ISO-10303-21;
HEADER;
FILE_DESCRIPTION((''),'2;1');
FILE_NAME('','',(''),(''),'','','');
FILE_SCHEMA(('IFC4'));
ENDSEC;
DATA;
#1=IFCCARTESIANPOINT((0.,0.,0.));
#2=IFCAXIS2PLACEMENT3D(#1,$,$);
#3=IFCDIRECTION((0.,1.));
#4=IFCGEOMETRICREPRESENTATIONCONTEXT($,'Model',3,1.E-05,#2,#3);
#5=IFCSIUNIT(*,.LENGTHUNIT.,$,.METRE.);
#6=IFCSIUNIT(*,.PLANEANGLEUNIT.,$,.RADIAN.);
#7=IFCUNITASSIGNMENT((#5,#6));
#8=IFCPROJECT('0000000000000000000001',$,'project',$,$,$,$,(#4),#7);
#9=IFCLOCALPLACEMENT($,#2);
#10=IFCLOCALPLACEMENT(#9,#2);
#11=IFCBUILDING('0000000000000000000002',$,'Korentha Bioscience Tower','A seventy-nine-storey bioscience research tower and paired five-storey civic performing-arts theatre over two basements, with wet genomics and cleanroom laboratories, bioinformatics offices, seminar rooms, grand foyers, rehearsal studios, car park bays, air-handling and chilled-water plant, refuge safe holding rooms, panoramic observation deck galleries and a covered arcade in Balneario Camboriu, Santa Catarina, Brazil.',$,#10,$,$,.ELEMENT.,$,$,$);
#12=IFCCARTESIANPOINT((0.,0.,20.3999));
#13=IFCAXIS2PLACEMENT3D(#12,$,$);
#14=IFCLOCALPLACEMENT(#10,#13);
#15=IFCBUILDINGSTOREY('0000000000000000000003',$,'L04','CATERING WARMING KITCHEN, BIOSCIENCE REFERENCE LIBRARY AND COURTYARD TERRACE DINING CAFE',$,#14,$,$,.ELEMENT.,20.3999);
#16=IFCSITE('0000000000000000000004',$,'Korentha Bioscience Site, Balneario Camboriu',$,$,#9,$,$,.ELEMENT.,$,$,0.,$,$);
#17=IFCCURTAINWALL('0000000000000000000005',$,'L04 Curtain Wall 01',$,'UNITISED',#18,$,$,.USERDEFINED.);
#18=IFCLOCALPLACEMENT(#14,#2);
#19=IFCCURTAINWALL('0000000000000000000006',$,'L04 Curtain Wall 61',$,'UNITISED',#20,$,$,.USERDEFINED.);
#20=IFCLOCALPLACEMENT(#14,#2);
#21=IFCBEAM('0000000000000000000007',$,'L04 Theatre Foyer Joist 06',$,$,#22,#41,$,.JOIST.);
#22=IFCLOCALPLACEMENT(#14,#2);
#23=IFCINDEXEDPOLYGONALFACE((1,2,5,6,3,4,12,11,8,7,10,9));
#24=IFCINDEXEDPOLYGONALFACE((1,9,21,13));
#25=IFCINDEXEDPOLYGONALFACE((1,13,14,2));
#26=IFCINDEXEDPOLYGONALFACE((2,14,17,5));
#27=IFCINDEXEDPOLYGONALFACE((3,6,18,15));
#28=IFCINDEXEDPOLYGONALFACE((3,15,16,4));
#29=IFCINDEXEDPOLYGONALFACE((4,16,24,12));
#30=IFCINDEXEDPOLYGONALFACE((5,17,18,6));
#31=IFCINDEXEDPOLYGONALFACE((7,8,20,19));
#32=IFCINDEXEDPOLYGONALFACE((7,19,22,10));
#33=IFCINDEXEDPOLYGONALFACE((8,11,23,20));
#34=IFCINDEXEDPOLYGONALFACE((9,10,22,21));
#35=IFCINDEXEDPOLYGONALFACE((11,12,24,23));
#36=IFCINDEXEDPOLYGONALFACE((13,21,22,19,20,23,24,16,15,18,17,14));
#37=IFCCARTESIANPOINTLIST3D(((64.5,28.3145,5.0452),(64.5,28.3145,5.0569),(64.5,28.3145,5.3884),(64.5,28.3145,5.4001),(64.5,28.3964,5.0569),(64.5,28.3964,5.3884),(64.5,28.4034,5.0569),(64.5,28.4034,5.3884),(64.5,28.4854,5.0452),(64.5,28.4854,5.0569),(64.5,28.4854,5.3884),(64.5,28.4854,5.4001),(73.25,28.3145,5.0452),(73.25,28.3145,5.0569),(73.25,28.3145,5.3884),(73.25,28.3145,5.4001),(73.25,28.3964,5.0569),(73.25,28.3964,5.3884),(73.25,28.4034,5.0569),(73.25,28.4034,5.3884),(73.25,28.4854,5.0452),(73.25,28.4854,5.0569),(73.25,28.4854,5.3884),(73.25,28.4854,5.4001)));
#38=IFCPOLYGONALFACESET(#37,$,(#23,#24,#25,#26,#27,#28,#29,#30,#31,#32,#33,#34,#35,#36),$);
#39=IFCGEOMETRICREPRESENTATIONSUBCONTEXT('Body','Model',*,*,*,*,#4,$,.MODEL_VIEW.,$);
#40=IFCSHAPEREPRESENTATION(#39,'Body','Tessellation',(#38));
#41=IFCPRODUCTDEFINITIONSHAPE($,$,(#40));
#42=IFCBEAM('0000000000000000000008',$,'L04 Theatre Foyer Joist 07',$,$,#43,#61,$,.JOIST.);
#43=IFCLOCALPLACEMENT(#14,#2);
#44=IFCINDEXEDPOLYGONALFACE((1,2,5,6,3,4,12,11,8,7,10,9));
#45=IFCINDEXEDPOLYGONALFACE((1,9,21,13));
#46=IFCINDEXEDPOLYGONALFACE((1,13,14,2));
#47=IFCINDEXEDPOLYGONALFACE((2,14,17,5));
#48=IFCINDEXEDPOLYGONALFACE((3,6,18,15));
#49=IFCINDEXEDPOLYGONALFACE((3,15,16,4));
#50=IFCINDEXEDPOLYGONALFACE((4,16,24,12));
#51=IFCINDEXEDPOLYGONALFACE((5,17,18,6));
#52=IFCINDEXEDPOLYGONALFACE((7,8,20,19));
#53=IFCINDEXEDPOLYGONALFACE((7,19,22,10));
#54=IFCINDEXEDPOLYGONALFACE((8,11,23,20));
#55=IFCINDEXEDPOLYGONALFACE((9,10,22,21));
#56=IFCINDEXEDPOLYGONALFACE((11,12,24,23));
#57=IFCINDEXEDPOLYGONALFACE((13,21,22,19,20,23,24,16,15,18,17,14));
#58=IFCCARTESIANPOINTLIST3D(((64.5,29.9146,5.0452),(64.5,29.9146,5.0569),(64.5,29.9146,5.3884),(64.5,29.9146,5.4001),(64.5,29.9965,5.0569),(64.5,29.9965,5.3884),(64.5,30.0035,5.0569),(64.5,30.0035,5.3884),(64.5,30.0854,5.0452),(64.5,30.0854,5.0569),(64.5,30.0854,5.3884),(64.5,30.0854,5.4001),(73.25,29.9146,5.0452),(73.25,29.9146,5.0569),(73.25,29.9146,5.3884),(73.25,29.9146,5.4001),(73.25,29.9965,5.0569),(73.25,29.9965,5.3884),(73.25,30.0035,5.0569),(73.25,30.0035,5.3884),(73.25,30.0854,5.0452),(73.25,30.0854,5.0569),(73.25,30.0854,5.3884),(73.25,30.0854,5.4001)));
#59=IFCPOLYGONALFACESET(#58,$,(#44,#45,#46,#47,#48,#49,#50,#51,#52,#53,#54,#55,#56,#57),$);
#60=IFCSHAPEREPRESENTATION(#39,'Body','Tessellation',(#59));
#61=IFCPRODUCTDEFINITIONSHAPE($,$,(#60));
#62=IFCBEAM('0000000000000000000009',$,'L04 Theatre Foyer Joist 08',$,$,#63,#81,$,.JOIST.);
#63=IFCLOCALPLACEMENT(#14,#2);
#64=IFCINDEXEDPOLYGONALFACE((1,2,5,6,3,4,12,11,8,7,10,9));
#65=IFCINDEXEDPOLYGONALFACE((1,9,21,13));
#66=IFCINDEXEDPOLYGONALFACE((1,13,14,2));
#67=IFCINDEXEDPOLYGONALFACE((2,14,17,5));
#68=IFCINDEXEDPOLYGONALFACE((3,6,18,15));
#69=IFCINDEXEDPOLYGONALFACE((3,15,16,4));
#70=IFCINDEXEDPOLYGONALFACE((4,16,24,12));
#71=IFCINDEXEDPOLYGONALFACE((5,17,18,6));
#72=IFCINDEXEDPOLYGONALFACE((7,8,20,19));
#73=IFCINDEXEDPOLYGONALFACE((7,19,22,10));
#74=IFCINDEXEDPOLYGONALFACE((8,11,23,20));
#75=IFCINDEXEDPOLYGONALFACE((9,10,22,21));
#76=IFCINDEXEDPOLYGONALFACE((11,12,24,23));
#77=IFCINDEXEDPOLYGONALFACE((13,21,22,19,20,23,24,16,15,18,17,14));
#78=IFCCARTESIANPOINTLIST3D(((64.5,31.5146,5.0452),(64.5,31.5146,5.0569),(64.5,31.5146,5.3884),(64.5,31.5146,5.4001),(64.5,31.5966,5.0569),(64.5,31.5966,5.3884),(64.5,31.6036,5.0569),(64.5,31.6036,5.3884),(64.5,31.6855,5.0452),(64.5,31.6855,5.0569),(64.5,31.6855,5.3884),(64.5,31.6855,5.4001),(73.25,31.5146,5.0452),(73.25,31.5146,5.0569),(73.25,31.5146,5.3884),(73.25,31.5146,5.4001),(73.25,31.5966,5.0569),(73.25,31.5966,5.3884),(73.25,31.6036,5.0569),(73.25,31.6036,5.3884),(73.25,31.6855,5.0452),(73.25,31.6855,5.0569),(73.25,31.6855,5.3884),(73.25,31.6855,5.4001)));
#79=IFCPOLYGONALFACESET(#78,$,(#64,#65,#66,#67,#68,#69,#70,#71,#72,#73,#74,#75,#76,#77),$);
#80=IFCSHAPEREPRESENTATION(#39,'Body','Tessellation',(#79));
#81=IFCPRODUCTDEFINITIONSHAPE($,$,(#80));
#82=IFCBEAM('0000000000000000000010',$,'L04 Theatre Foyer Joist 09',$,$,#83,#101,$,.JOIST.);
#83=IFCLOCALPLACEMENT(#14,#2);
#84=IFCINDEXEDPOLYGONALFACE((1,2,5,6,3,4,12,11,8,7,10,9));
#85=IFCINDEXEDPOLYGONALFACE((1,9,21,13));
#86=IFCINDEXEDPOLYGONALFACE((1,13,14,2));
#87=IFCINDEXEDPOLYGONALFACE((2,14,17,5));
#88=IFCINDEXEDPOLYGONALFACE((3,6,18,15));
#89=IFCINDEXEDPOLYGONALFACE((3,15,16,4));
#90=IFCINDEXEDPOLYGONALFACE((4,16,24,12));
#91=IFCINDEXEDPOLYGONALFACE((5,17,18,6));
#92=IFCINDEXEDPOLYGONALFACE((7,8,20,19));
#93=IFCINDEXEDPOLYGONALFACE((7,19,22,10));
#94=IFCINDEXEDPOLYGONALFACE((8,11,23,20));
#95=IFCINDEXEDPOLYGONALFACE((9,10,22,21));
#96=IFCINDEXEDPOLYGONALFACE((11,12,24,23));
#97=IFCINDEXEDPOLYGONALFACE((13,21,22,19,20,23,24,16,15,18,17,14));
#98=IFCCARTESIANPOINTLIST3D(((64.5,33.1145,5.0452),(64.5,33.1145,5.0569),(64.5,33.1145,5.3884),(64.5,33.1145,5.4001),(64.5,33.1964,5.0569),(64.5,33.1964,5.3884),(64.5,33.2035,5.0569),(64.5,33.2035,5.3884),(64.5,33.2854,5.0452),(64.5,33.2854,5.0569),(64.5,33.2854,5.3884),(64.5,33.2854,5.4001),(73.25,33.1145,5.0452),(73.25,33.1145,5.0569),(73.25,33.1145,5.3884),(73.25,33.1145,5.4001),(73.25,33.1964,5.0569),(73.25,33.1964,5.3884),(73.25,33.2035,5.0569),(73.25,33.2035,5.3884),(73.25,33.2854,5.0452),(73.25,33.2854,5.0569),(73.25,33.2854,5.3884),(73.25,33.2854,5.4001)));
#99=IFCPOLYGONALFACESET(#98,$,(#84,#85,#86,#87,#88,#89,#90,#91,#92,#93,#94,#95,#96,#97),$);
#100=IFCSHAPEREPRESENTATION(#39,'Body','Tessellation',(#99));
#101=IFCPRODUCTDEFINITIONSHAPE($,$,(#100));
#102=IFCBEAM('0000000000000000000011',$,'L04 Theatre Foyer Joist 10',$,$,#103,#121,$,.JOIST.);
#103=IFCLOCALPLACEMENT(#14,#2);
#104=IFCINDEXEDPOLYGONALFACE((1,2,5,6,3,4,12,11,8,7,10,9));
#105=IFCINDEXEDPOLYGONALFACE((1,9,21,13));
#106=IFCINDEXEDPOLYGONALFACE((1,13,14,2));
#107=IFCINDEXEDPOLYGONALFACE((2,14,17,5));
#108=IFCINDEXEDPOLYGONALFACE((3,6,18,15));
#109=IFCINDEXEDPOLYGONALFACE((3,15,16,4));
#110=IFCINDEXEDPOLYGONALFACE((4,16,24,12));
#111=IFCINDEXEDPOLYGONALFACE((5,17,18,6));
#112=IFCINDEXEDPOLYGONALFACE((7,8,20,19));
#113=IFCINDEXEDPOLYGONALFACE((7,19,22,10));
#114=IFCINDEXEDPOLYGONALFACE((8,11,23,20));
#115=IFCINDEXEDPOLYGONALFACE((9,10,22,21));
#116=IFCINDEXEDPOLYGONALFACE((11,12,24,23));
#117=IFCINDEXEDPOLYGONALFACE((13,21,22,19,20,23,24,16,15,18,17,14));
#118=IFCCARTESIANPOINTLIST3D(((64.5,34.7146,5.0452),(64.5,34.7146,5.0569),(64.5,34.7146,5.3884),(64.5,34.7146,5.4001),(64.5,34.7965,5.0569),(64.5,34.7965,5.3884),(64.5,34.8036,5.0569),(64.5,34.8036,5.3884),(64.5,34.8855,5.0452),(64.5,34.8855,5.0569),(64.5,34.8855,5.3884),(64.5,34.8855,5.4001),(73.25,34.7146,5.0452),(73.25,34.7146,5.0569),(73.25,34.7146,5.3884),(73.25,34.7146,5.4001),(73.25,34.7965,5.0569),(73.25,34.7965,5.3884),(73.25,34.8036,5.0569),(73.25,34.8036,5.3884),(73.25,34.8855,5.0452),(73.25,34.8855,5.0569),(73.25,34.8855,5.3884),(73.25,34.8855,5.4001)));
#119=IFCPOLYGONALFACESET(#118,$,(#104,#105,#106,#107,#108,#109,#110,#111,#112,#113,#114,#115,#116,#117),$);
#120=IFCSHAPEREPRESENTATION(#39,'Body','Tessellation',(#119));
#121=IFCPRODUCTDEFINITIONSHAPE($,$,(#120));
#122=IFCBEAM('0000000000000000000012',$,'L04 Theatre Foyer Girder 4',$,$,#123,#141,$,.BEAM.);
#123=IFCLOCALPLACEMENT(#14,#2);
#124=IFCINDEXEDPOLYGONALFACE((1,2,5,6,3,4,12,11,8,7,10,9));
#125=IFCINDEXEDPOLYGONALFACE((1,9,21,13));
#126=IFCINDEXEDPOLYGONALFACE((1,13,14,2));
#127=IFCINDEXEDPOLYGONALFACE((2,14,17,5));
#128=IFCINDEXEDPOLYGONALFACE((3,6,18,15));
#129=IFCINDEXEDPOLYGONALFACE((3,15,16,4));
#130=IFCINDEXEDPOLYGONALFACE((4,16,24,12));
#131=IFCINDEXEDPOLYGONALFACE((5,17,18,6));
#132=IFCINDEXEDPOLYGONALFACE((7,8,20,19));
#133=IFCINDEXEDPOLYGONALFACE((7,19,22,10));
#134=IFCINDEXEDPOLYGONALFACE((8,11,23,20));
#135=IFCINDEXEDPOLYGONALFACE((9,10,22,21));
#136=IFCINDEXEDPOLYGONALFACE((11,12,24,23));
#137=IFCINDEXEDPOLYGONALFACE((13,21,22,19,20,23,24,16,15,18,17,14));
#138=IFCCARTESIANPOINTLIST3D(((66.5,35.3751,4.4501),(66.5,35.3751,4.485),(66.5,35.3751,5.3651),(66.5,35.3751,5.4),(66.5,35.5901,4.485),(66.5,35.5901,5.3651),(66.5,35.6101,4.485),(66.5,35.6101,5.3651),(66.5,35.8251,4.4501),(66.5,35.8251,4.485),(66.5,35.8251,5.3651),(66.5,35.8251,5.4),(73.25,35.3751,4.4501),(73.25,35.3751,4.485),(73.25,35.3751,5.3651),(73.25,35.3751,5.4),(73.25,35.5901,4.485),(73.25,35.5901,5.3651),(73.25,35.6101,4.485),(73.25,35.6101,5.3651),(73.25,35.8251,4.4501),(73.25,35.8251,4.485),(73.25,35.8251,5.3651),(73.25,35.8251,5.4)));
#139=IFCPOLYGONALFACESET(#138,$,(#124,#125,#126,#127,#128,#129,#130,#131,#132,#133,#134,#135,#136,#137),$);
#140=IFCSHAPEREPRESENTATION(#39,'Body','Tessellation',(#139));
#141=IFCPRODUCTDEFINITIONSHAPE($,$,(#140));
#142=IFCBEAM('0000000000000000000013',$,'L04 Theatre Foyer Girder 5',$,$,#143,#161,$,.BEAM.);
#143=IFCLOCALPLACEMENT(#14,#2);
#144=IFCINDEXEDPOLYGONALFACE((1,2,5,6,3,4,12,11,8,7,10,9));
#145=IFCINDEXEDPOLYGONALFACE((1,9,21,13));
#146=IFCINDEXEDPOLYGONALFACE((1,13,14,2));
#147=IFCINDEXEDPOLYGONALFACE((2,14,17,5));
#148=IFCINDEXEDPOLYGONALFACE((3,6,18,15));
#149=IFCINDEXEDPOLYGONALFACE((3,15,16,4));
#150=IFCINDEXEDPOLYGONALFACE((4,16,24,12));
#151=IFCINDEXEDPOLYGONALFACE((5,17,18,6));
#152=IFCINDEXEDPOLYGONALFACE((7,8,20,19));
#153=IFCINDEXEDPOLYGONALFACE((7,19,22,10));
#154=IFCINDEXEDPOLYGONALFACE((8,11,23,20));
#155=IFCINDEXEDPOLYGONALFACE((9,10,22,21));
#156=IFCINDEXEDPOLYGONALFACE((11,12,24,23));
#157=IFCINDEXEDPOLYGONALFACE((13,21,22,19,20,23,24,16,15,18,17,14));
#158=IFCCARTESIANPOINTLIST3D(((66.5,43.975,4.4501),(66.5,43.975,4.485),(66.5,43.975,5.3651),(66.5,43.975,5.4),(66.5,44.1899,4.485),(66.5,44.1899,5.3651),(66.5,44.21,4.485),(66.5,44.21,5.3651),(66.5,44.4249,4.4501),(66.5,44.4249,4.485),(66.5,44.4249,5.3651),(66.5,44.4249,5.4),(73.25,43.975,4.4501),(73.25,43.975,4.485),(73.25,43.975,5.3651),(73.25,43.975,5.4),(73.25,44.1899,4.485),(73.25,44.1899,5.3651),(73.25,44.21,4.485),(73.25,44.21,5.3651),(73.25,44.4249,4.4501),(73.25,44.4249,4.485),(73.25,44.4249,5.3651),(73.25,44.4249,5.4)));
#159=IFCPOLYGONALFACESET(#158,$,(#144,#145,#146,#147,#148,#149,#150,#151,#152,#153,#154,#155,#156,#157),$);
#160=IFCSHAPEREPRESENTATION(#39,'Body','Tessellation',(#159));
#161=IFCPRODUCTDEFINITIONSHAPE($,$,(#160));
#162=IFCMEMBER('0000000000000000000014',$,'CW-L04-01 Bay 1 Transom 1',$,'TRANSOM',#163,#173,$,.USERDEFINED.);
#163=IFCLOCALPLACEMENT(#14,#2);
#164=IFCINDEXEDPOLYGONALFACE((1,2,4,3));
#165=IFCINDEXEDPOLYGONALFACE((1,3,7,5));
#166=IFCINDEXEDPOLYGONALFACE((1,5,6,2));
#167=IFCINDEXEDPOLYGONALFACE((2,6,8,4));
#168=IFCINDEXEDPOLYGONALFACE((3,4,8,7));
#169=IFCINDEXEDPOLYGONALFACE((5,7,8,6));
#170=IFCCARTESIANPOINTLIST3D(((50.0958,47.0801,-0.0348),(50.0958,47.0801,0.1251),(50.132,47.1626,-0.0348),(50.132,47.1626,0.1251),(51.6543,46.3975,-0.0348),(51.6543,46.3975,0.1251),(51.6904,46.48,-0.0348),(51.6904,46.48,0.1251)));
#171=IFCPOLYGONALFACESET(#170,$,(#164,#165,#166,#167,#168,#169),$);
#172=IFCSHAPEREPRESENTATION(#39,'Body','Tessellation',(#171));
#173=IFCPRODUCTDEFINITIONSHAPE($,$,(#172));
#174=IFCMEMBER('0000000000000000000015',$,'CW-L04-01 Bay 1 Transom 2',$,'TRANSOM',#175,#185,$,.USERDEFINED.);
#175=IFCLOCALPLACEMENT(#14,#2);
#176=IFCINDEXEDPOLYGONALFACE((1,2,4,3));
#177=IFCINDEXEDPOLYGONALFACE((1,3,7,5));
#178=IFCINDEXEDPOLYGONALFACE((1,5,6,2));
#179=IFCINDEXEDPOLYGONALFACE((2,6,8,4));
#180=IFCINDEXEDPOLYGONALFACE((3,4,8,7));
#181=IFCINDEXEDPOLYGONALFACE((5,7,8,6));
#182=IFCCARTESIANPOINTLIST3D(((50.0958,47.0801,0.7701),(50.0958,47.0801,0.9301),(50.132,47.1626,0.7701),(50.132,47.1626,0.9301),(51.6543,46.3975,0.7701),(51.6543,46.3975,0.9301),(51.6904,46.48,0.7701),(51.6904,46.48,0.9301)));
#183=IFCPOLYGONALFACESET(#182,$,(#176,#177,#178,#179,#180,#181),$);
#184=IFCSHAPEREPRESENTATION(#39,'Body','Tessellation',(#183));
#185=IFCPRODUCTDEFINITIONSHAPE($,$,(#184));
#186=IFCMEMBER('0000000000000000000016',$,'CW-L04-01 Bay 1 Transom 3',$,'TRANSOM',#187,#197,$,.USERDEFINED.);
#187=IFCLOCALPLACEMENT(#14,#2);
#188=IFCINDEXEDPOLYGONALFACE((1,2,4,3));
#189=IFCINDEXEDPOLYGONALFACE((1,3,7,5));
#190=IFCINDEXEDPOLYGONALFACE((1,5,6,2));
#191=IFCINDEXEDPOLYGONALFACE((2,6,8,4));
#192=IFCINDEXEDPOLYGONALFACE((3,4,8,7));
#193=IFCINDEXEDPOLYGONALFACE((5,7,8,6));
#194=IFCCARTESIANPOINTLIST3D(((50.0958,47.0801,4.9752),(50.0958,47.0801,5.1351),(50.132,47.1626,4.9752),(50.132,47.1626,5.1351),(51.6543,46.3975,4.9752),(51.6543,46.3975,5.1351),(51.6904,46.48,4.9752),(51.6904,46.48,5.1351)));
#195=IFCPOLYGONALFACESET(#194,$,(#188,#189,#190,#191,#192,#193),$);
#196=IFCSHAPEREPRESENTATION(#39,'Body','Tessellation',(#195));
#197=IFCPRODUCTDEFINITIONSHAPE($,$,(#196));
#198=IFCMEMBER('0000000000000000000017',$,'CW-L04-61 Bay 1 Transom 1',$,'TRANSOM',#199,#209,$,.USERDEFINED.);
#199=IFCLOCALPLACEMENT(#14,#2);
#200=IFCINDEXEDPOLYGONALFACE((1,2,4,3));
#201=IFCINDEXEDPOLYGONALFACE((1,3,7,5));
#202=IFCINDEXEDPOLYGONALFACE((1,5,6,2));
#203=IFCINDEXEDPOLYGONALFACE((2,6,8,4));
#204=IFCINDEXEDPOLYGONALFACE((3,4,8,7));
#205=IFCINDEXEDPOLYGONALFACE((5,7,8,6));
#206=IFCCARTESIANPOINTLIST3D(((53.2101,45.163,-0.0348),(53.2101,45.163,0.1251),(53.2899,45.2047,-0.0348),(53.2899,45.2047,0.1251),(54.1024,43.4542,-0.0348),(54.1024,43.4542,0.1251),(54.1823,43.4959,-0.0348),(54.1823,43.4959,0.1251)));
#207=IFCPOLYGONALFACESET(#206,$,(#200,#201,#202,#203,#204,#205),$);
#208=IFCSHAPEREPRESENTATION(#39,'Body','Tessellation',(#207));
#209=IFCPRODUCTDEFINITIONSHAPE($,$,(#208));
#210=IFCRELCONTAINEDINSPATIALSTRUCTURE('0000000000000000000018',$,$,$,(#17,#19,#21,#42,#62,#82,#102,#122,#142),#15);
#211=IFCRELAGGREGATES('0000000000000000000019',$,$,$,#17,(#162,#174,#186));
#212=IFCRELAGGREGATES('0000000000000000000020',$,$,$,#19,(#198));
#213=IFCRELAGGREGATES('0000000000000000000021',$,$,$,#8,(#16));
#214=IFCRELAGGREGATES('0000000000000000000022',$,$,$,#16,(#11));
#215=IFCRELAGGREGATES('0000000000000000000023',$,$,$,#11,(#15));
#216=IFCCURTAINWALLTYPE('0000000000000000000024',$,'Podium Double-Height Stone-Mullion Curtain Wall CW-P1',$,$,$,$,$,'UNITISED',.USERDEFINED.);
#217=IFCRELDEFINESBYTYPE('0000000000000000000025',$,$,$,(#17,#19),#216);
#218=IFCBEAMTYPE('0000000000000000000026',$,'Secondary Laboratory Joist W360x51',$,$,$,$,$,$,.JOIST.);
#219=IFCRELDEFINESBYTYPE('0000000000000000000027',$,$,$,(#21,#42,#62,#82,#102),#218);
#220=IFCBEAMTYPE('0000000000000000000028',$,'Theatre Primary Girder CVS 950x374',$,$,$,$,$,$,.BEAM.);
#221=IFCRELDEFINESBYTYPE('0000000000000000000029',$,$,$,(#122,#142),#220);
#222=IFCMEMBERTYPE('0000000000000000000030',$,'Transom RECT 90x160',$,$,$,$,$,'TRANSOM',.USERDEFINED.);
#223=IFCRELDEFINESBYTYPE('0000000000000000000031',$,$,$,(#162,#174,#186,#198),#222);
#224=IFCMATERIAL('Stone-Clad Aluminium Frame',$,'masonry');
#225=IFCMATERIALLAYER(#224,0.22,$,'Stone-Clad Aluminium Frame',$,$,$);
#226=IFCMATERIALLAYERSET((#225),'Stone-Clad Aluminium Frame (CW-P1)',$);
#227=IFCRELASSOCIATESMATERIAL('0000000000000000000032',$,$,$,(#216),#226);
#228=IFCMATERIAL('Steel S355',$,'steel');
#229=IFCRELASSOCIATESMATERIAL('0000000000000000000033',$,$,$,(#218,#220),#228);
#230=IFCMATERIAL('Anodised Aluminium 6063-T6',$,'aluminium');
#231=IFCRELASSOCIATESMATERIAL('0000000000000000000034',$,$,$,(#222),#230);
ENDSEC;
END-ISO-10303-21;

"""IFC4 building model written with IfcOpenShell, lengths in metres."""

from ifc_helpers import new_model, si_unit, direction, frame, origin, origin_2d, place, context, subcontext, project, spatial, rectangle, i_section, extrude, material, layer, layer_set, material_profile, profile_set, type_object, element, aggregate, save


model = new_model("IFC4")

# Units and contexts
model_context = context("Model", 3, precision=1e-05, world=origin(), true_north=direction((0.0, 1.0)))
body_context = subcontext(model_context, "Body", "Model", "MODEL_VIEW")
ifc_project = project(units=[si_unit("LENGTHUNIT", "METRE"), si_unit("PLANEANGLEUNIT", "RADIAN")], contexts=[model_context])

# Site, building, storey
site_placement = place(None, origin())
site = spatial("IfcSite", under=ifc_project, at=site_placement, Name="Korentha Bioscience Site, Balneario Camboriu", CompositionType="ELEMENT", RefElevation=0.0)
building_placement = place(site_placement, origin())
building = spatial("IfcBuilding", under=site, at=building_placement, Name="Korentha Bioscience Tower", Description="A seventy-nine-storey bioscience research tower and paired five-storey civic performing-arts theatre over two basements, with wet genomics and cleanroom laboratories, bioinformatics offices, seminar rooms, grand foyers, rehearsal studios, car park bays, air-handling and chilled-water plant, refuge safe holding rooms, panoramic observation deck galleries and a covered arcade in Balneario Camboriu, Santa Catarina, Brazil.", CompositionType="ELEMENT")
storey_placement = place(building_placement, frame((0.0, 0.0, 20.3999)))
storey = spatial("IfcBuildingStorey", under=building, at=storey_placement, Name="L04", Description="CATERING WARMING KITCHEN, BIOSCIENCE REFERENCE LIBRARY AND COURTYARD TERRACE DINING CAFE", CompositionType="ELEMENT", Elevation=20.3999)

# Curtain walls
ifc_material_1 = material(Name="Stone-Clad Aluminium Frame", Category="masonry")
ifc_layer_1 = layer(ifc_material_1, 0.22, Name="Stone-Clad Aluminium Frame")
ifc_layer_set_1 = layer_set([ifc_layer_1], Name="Stone-Clad Aluminium Frame (CW-P1)")
curtain_wall_type = type_object("IfcCurtainWallType", Name="Podium Double-Height Stone-Mullion Curtain Wall CW-P1", ElementType="UNITISED", PredefinedType="USERDEFINED", material=ifc_layer_set_1)
curtain_wall_1_placement = place(storey_placement, origin())
curtain_wall_1 = element("IfcCurtainWall", 1, at=curtain_wall_1_placement, inside=storey, type_object=curtain_wall_type, Name="L04 Curtain Wall 01", ObjectType="UNITISED", PredefinedType="USERDEFINED")
ifc_material_2 = material(Name="Anodised Aluminium 6063-T6", Category="aluminium")
curtain_wall_2_placement = place(storey_placement, origin())
curtain_wall_2 = element("IfcCurtainWall", 2, at=curtain_wall_2_placement, inside=storey, type_object=curtain_wall_type, Name="L04 Curtain Wall 61", ObjectType="UNITISED", PredefinedType="USERDEFINED")

# Beams
ifc_material_3 = material(Name="Steel S355", Category="steel")
ifc_material_profile_1 = material_profile(ifc_material_3, i_section(OverallWidth=0.1709, OverallDepth=0.355, WebThickness=0.0071, FlangeThickness=0.0117, at=origin_2d()), Name="Steel S355")
ifc_profile_set_1 = profile_set([ifc_material_profile_1], Name="Steel S355 (JB-360)")
beam_type_1 = type_object("IfcBeamType", Name="Secondary Laboratory Joist W360x51", PredefinedType="JOIST", material=ifc_profile_set_1)
for number, where, z_axis, x_axis, name in (
    (3, (64.5, 28.3999, 5.2227), (1.0, 0.0, 0.0), (0.0, 1.0, 0.0), "L04 Theatre Foyer Joist 06"),
    (4, (64.5, 30.0, 5.2227), (1.0, 0.0, 0.0), (0.0, 1.0, 0.0), "L04 Theatre Foyer Joist 07"),
    (5, (64.5, 31.6001, 5.2227), (1.0, 0.0, 0.0), (0.0, 1.0, 0.0), "L04 Theatre Foyer Joist 08"),
    (6, (64.5, 33.2, 5.2227), (1.0, 0.0, 0.0), (0.0, 1.0, 0.0), "L04 Theatre Foyer Joist 09"),
    (7, (64.5, 34.8, 5.2227), (1.0, 0.0, 0.0), (0.0, 1.0, 0.0), "L04 Theatre Foyer Joist 10"),
):
    element("IfcBeam", number, at=place(storey_placement, frame(where, z_axis=z_axis, x_axis=x_axis)), inside=storey, type_object=beam_type_1, Name=name, PredefinedType="JOIST", context=body_context, shape_type="SweptSolid", body=[
        extrude(i_section(OverallWidth=0.1709, OverallDepth=0.355, WebThickness=0.0071, FlangeThickness=0.0117, at=origin_2d()), origin(), (0.0, 0.0, 1.0), 8.75),
    ])
ifc_material_profile_2 = material_profile(ifc_material_3, i_section(OverallWidth=0.45, OverallDepth=0.95, WebThickness=0.02, FlangeThickness=0.0349, at=origin_2d()), Name="Steel S355")
ifc_profile_set_2 = profile_set([ifc_material_profile_2], Name="Steel S355 (TB-950)")
beam_type_2 = type_object("IfcBeamType", Name="Theatre Primary Girder CVS 950x374", PredefinedType="BEAM", material=ifc_profile_set_2)
for number, where, z_axis, x_axis, name in (
    (8, (66.5, 35.6001, 4.925), (1.0, 0.0, 0.0), (0.0, 1.0, 0.0), "L04 Theatre Foyer Girder 4"),
    (9, (66.5, 44.2, 4.925), (1.0, 0.0, 0.0), (0.0, 1.0, 0.0), "L04 Theatre Foyer Girder 5"),
):
    element("IfcBeam", number, at=place(storey_placement, frame(where, z_axis=z_axis, x_axis=x_axis)), inside=storey, type_object=beam_type_2, Name=name, PredefinedType="BEAM", context=body_context, shape_type="SweptSolid", body=[
        extrude(i_section(OverallWidth=0.45, OverallDepth=0.95, WebThickness=0.02, FlangeThickness=0.0349, at=origin_2d()), origin(), (0.0, 0.0, 1.0), 6.75),
    ])

# Members
ifc_material_profile_3 = material_profile(ifc_material_2, rectangle(XDim=0.0901, YDim=0.1599, at=origin_2d()), Name="Anodised Aluminium 6063-T6")
ifc_profile_set_3 = profile_set([ifc_material_profile_3], Name="Anodised Aluminium 6063-T6 (CW-TRN)")
member_type_1 = type_object("IfcMemberType", Name="Transom RECT 90x160", ElementType="TRANSOM", PredefinedType="USERDEFINED", material=ifc_profile_set_3)
member_1_placement = place(storey_placement, frame((51.6724, 46.4387, 0.0452), z_axis=(-0.915976, 0.401233, 0.0), x_axis=(-0.401233, -0.915976, 0.0)))
member_1 = element("IfcMember", 10, at=member_1_placement, type_object=member_type_1, Name="CW-L04-01 Bay 1 Transom 1", ObjectType="TRANSOM", PredefinedType="USERDEFINED", context=body_context, shape_type="SweptSolid", body=[
    extrude(rectangle(XDim=0.0901, YDim=0.1599, at=origin_2d()), origin(), (0.0, 0.0, 1.0), 1.7014),
])
member_2_placement = place(storey_placement, frame((51.6724, 46.4387, 0.8501), z_axis=(-0.915976, 0.401233, 0.0), x_axis=(-0.401233, -0.915976, 0.0)))
member_2 = element("IfcMember", 11, at=member_2_placement, type_object=member_type_1, Name="CW-L04-01 Bay 1 Transom 2", ObjectType="TRANSOM", PredefinedType="USERDEFINED", context=body_context, shape_type="SweptSolid", body=[
    extrude(rectangle(XDim=0.0901, YDim=0.1599, at=origin_2d()), origin(), (0.0, 0.0, 1.0), 1.7014),
])
member_3_placement = place(storey_placement, frame((51.6724, 46.4387, 5.0552), z_axis=(-0.915976, 0.401233, 0.0), x_axis=(-0.401233, -0.915976, 0.0)))
member_3 = element("IfcMember", 12, at=member_3_placement, type_object=member_type_1, Name="CW-L04-01 Bay 1 Transom 3", ObjectType="TRANSOM", PredefinedType="USERDEFINED", context=body_context, shape_type="SweptSolid", body=[
    extrude(rectangle(XDim=0.0901, YDim=0.1599, at=origin_2d()), origin(), (0.0, 0.0, 1.0), 1.7014),
])
member_4_placement = place(storey_placement, frame((54.1423, 43.4751, 0.0452), z_axis=(-0.462899, 0.886411, 0.0), x_axis=(-0.886411, -0.462899, 0.0)))
member_4 = element("IfcMember", 13, at=member_4_placement, type_object=member_type_1, Name="CW-L04-61 Bay 1 Transom 1", ObjectType="TRANSOM", PredefinedType="USERDEFINED", context=body_context, shape_type="SweptSolid", body=[
    extrude(rectangle(XDim=0.0901, YDim=0.1599, at=origin_2d()), origin(), (0.0, 0.0, 1.0), 1.9277),
])

aggregate(curtain_wall_1, [member_1, member_2, member_3])
aggregate(curtain_wall_2, [member_4])

save(model, "model.ifc")
